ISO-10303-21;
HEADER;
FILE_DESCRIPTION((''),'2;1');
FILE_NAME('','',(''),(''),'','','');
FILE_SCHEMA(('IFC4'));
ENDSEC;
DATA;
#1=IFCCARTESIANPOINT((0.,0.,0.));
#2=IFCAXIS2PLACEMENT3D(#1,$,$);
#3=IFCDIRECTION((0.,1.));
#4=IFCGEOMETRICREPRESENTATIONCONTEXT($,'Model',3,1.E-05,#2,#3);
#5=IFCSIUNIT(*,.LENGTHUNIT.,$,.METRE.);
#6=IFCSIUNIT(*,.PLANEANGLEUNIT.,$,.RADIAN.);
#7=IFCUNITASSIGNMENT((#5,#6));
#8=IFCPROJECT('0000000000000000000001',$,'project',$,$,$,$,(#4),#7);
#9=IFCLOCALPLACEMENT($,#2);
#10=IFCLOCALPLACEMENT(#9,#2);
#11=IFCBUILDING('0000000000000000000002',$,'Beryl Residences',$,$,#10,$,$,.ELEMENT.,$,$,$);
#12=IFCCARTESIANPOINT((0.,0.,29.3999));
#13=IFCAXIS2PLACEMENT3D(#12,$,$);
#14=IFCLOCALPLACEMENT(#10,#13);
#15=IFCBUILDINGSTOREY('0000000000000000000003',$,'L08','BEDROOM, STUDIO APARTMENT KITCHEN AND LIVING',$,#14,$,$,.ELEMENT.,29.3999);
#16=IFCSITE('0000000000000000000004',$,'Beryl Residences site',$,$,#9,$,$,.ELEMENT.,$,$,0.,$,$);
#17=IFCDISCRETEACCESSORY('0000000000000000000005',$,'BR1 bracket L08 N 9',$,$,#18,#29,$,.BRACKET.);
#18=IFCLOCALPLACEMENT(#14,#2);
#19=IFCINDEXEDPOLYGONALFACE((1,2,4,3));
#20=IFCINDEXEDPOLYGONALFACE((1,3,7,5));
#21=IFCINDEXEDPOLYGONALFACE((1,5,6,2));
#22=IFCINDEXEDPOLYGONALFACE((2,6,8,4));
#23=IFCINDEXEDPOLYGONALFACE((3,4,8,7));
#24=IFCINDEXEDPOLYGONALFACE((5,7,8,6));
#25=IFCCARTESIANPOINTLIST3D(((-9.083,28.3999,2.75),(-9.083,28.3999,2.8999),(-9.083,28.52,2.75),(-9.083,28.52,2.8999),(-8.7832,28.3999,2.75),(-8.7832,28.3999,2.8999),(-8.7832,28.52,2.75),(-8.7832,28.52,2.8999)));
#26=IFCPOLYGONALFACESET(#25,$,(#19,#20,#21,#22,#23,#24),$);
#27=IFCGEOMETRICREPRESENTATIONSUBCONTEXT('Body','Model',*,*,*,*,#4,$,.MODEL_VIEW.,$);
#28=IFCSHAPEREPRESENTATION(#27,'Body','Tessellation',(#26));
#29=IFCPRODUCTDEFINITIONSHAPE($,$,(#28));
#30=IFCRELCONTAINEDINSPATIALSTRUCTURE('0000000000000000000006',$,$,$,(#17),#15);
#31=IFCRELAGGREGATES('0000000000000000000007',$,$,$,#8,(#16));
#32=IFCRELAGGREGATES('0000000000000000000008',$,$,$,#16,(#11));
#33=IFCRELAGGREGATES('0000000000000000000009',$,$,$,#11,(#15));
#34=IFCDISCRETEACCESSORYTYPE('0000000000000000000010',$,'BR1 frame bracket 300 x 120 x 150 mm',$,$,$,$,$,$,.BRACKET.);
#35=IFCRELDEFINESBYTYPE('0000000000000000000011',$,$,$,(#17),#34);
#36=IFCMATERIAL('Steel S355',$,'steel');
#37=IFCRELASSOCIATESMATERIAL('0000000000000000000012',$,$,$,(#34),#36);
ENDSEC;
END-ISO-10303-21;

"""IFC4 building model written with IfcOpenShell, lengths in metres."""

from ifc_helpers import new_model, si_unit, direction, frame, origin, place, context, subcontext, project, spatial, polyline, outline, extrude, source, transform, mapped, material, type_object, type_shapes, element, save


model = new_model("IFC4")

# Units and contexts
model_context = context("Model", 3, precision=1e-05, world=origin(), true_north=direction((0.0, 1.0)))
body_context = subcontext(model_context, "Body", "Model", "MODEL_VIEW")
ifc_project = project(units=[si_unit("LENGTHUNIT", "METRE"), si_unit("PLANEANGLEUNIT", "RADIAN")], contexts=[model_context])

# Site, building, storey
site_placement = place(None, origin())
site = spatial("IfcSite", under=ifc_project, at=site_placement, Name="Beryl Residences site", CompositionType="ELEMENT", RefElevation=0.0)
building_placement = place(site_placement, origin())
building = spatial("IfcBuilding", under=site, at=building_placement, Name="Beryl Residences", CompositionType="ELEMENT")
storey_placement = place(building_placement, frame((0.0, 0.0, 29.3999)))
storey = spatial("IfcBuildingStorey", under=building, at=storey_placement, Name="L08", Description="BEDROOM, STUDIO APARTMENT KITCHEN AND LIVING", CompositionType="ELEMENT", Elevation=29.3999)

# Discrete accessory
ifc_material_1 = material(Name="Steel S355", Category="steel")
discrete_accessory_type = type_object("IfcDiscreteAccessoryType", Name="BR1 frame bracket 300 x 120 x 150 mm", PredefinedType="BRACKET", material=ifc_material_1)
shared_shape_1 = source(origin(), body_context, "Body", "SweptSolid", [
    extrude(outline(polyline([(-0.1499, 0.0), (0.1499, 0.0), (0.1499, 0.1201), (-0.1499, 0.1201), (-0.1499, 0.0)])), origin(), (0.0, 0.0, 1.0), 0.1499),
])
type_shapes(discrete_accessory_type, [shared_shape_1])
discrete_accessory_placement = place(storey_placement, frame((-8.9331, 28.3999, 2.75), z_axis=(0.0, 0.0, 1.0), x_axis=(1.0, 0.0, 0.0)))
element("IfcDiscreteAccessory", 1, at=discrete_accessory_placement, inside=storey, type_object=discrete_accessory_type, Name="BR1 bracket L08 N 9", PredefinedType="BRACKET", context=body_context, shape_type="MappedRepresentation", body=[
    mapped(shared_shape_1, transform((0.0, 0.0, 0.0))),
])

save(model, "model.ifc")
